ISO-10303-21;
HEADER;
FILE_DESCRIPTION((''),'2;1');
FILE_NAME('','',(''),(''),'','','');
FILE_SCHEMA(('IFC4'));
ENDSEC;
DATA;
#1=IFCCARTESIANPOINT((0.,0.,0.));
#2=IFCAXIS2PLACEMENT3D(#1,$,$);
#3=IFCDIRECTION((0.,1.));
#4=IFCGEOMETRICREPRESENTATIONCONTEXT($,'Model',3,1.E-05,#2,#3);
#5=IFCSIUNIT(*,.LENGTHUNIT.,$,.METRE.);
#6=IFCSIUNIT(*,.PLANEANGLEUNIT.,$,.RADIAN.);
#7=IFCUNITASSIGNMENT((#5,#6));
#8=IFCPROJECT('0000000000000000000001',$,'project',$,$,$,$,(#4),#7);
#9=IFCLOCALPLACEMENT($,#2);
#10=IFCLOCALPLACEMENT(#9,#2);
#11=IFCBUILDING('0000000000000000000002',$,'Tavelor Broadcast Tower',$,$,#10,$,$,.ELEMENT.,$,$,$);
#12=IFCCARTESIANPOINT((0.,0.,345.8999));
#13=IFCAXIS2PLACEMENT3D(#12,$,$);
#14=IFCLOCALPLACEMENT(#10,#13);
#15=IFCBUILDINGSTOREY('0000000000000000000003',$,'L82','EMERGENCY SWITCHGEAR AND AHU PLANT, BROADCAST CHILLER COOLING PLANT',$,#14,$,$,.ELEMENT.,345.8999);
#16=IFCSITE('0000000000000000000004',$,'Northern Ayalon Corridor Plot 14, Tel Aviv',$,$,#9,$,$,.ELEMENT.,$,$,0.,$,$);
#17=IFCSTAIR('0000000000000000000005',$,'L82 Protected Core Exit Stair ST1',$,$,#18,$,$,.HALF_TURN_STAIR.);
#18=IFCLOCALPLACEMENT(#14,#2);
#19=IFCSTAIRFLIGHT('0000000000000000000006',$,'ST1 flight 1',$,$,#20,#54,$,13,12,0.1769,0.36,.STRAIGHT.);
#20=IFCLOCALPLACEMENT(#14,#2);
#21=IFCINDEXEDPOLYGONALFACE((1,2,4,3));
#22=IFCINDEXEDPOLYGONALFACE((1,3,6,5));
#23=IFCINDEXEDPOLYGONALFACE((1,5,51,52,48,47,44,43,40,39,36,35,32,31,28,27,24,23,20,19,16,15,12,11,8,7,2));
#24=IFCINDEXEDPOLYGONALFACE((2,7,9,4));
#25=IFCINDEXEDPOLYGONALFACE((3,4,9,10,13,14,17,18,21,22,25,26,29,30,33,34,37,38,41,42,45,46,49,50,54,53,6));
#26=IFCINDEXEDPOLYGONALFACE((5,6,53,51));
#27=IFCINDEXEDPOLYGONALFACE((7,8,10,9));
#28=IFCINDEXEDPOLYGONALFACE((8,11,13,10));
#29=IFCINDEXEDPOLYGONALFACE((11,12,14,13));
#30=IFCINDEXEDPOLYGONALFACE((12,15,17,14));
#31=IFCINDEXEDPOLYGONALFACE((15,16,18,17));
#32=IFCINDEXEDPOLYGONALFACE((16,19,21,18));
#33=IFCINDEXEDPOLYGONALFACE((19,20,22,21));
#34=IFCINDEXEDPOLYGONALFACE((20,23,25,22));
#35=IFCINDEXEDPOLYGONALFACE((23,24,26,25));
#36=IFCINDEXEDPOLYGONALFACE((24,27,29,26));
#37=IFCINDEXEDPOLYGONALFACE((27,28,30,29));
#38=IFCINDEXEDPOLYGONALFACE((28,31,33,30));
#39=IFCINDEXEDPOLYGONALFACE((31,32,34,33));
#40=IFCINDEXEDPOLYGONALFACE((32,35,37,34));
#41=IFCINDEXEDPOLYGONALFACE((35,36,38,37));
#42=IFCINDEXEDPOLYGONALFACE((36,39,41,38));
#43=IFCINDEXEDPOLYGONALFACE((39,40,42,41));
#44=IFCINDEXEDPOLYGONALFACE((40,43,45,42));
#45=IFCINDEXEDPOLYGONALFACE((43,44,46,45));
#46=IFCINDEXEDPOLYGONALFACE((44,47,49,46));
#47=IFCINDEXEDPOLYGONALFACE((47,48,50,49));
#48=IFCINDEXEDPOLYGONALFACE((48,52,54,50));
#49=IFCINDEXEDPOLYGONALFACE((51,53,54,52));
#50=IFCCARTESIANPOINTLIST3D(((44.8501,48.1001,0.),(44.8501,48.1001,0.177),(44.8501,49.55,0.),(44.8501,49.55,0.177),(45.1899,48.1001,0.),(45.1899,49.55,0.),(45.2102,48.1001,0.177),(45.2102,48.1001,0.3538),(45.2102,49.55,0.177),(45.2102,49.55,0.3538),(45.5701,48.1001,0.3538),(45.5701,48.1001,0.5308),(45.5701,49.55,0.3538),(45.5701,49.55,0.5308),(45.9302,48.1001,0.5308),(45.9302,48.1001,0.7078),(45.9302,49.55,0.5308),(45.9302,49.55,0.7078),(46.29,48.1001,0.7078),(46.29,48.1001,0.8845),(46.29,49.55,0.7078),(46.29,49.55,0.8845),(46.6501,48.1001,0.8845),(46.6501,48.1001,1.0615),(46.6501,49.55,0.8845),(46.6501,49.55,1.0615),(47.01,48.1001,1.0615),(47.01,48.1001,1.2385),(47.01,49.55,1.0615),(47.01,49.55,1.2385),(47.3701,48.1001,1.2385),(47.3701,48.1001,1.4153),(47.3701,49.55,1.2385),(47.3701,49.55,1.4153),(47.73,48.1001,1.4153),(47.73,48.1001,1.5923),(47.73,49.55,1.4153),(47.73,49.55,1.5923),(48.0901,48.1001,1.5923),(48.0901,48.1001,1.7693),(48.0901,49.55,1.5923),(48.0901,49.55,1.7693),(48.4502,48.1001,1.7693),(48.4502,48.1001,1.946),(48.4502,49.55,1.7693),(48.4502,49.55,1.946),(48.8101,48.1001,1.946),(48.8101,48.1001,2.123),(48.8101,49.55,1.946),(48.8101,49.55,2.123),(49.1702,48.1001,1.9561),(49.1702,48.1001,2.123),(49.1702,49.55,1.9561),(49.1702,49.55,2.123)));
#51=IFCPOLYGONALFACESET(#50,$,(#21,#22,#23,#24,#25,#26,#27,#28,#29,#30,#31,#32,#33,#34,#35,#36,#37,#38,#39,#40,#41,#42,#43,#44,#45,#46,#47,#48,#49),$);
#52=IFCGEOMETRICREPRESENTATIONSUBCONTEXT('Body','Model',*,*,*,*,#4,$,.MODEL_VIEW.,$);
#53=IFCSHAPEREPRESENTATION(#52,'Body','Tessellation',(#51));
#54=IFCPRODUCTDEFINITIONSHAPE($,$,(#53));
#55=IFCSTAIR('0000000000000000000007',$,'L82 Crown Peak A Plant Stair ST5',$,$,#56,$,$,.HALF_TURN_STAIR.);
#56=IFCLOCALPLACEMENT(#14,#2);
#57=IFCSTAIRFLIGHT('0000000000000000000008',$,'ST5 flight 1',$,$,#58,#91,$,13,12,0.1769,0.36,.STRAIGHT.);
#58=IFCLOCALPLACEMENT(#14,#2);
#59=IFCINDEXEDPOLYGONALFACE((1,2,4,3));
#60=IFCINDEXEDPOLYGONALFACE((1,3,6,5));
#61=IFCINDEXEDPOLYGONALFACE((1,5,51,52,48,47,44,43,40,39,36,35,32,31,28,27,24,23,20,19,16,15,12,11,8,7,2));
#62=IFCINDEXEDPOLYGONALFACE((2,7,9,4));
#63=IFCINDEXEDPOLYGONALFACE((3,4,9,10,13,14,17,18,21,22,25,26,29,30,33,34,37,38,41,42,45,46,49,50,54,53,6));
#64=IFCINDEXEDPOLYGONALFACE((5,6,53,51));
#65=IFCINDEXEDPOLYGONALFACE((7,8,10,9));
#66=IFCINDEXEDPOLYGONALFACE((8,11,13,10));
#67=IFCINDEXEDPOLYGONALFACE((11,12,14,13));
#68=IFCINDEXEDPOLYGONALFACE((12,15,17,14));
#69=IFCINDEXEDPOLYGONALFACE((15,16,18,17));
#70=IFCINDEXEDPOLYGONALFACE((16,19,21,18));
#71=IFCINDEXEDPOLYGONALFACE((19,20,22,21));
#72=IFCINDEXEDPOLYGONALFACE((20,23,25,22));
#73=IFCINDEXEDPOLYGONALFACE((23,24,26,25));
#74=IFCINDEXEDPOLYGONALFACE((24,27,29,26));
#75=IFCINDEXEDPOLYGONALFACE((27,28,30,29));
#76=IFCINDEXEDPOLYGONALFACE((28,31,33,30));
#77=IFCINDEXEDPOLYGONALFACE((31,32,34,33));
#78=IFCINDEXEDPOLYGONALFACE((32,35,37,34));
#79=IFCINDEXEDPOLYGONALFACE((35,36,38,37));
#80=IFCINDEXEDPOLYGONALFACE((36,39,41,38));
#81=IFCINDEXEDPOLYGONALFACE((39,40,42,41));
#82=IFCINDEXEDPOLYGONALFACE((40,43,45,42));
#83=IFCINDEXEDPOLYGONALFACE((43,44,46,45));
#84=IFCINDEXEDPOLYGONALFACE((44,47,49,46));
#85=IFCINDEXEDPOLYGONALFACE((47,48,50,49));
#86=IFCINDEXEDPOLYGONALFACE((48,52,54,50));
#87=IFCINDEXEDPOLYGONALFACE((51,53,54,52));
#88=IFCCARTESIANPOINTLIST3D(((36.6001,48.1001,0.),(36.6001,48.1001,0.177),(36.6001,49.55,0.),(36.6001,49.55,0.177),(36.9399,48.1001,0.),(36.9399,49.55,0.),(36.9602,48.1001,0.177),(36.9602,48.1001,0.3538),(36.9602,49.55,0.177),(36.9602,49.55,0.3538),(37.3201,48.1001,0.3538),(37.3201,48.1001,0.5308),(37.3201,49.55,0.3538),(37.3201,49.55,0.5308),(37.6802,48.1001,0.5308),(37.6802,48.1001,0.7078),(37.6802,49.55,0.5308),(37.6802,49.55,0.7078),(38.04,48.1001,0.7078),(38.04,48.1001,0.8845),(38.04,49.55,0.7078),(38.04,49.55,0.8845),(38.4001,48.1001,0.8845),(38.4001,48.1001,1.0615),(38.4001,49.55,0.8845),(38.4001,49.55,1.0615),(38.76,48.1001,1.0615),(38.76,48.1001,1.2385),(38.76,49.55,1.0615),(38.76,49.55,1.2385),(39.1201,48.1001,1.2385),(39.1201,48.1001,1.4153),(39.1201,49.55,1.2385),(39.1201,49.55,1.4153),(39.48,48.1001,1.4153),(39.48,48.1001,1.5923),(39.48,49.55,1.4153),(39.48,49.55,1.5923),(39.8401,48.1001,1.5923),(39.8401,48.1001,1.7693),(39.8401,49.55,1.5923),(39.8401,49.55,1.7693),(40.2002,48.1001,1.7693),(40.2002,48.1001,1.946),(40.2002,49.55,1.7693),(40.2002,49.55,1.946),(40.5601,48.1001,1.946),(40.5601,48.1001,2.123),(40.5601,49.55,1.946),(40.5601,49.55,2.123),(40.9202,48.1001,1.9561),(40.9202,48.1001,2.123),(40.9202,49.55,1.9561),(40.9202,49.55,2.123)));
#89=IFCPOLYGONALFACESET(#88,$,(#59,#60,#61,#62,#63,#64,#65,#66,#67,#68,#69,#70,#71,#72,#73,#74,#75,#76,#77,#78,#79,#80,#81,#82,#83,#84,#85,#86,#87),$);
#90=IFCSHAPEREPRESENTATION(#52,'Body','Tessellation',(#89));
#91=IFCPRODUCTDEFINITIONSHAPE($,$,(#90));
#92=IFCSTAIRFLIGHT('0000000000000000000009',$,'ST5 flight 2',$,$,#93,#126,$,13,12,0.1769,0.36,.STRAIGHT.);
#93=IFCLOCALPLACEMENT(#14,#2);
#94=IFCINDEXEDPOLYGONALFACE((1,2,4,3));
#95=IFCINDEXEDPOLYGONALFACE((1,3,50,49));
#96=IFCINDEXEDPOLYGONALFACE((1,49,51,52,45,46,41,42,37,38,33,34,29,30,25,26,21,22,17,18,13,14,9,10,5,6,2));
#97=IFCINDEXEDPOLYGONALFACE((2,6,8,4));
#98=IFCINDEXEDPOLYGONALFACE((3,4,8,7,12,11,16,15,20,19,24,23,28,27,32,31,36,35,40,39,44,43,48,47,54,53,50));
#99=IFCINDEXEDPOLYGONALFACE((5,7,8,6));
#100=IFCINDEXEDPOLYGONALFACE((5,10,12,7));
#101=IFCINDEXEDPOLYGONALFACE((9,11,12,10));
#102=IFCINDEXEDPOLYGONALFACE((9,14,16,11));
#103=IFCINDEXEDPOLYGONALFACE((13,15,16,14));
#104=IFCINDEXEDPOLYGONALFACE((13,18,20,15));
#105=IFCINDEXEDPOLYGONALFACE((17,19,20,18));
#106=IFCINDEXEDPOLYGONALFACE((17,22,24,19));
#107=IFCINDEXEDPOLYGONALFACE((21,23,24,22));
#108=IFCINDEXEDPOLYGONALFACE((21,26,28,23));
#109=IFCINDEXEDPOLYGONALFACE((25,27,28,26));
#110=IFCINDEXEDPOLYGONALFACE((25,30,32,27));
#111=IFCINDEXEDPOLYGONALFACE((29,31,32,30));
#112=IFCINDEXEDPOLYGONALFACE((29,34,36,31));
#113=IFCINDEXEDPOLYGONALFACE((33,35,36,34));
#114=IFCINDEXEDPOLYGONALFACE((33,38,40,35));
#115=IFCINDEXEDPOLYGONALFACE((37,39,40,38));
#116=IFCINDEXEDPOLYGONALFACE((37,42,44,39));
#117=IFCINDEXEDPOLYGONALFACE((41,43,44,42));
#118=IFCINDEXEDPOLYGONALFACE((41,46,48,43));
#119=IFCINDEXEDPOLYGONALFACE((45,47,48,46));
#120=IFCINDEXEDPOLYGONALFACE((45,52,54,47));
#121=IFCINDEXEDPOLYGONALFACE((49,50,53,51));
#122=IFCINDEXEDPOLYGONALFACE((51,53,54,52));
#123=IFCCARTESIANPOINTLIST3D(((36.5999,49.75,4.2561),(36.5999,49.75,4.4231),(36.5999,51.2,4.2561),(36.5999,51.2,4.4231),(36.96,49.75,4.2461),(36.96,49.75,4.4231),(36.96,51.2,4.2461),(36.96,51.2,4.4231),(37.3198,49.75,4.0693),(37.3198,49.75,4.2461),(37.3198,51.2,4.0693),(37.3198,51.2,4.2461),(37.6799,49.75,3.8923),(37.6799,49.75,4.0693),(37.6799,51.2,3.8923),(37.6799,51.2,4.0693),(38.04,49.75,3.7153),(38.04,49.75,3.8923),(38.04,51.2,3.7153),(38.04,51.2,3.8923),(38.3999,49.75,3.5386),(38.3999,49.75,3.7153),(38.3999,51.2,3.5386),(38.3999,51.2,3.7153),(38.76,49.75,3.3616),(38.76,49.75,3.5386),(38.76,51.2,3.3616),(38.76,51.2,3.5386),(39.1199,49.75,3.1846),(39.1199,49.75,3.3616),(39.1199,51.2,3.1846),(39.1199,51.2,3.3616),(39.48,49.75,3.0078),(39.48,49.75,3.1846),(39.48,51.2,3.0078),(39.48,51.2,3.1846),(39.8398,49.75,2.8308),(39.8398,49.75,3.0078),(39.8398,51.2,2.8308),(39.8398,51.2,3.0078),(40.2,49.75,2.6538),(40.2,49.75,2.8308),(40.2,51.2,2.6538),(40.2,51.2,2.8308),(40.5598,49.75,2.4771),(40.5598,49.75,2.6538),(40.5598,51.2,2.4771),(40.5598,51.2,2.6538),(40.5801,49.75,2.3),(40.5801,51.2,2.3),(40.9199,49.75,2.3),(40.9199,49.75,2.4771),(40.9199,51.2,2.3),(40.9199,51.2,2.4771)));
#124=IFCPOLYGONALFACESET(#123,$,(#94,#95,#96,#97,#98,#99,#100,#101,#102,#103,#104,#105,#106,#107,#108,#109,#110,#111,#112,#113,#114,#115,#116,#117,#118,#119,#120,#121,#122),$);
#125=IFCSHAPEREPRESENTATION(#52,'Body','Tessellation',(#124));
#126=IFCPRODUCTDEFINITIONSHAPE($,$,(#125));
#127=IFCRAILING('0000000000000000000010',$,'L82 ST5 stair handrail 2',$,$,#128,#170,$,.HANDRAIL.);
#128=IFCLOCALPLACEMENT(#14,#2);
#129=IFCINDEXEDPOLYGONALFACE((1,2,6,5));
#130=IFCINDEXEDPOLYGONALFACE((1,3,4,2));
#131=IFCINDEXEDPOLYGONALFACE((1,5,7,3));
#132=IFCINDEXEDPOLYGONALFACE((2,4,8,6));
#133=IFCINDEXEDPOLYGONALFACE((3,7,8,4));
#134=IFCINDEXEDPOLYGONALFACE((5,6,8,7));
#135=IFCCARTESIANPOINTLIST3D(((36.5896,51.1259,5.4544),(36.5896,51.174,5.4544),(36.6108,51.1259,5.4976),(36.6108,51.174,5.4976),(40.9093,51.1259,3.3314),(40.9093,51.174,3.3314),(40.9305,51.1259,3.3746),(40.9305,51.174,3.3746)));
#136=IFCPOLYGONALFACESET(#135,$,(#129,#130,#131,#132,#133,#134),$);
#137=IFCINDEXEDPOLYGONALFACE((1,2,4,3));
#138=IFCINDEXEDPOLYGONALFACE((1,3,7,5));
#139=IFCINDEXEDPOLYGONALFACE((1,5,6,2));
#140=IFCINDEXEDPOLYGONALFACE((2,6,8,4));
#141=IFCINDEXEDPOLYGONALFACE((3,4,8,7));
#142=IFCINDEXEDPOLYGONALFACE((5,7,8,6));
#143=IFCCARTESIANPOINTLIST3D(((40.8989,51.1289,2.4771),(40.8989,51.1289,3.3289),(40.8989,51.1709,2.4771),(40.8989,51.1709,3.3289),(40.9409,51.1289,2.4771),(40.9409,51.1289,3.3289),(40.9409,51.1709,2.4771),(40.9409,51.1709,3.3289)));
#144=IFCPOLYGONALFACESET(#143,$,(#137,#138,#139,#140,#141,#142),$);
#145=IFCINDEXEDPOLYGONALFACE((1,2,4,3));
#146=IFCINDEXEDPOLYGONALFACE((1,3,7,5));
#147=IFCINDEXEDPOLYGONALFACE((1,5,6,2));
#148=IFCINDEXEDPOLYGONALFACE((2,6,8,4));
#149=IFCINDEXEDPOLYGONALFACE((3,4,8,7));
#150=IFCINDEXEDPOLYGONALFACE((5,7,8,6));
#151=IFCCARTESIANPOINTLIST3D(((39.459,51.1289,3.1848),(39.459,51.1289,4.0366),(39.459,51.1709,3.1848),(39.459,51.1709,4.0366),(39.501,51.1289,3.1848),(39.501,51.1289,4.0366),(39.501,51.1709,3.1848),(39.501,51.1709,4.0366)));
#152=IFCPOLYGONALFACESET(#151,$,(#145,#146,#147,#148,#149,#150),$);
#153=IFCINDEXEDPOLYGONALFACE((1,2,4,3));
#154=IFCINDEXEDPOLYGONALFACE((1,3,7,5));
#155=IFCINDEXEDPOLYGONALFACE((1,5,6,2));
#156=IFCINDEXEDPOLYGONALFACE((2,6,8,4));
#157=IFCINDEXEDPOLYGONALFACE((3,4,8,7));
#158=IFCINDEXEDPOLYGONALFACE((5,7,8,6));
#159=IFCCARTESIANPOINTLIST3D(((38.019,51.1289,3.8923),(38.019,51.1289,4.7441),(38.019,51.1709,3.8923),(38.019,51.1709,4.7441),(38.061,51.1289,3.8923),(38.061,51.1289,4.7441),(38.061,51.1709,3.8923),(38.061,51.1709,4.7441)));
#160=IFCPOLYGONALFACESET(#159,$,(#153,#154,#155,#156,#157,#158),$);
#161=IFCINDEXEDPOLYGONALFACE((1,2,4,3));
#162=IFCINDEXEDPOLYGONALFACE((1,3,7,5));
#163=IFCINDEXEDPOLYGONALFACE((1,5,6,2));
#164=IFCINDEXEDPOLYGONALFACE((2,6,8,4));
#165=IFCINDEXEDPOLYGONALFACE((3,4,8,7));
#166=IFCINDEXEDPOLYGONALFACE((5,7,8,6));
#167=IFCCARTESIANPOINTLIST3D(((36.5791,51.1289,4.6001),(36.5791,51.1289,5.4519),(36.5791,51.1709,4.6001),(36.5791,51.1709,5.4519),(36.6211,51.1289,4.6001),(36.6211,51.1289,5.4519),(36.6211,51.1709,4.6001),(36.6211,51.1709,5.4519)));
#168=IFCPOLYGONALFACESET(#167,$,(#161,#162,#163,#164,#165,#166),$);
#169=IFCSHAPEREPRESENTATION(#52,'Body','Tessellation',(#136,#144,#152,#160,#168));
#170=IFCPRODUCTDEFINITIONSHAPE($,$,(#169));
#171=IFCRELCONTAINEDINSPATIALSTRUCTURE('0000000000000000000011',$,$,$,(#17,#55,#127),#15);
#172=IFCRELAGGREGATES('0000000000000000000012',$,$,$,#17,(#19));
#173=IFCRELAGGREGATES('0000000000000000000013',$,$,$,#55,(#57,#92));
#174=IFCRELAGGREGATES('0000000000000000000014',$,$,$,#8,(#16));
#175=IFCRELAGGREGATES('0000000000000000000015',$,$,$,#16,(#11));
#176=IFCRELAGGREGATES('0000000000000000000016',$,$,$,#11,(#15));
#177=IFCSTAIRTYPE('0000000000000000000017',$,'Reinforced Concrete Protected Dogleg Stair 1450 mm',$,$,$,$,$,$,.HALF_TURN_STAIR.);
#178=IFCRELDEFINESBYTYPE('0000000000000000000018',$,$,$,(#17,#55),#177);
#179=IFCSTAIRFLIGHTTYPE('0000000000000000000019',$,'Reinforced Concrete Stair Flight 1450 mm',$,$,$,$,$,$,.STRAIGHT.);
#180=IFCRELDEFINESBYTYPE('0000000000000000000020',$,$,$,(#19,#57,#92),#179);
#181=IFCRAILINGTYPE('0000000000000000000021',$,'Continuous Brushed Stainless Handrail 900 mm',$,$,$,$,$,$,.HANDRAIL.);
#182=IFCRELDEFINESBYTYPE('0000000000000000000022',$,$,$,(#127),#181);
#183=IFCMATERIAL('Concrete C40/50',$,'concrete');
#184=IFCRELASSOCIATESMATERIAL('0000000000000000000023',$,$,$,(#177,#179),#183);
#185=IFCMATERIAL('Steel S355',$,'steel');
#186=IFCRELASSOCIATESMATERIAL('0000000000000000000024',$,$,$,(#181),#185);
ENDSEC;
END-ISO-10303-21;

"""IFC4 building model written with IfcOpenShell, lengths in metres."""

from ifc_helpers import new_model, si_unit, direction, frame, origin, origin_2d, place, context, subcontext, project, spatial, polyline, rectangle, outline, extrude, material, type_object, element, aggregate, save


model = new_model("IFC4")

# Units and contexts
model_context = context("Model", 3, precision=1e-05, world=origin(), true_north=direction((0.0, 1.0)))
body_context = subcontext(model_context, "Body", "Model", "MODEL_VIEW")
ifc_project = project(units=[si_unit("LENGTHUNIT", "METRE"), si_unit("PLANEANGLEUNIT", "RADIAN")], contexts=[model_context])

# Site, building, storey
site_placement = place(None, origin())
site = spatial("IfcSite", under=ifc_project, at=site_placement, Name="Northern Ayalon Corridor Plot 14, Tel Aviv", CompositionType="ELEMENT", RefElevation=0.0)
building_placement = place(site_placement, origin())
building = spatial("IfcBuilding", under=site, at=building_placement, Name="Tavelor Broadcast Tower", CompositionType="ELEMENT")
storey_placement = place(building_placement, frame((0.0, 0.0, 345.8999)))
storey = spatial("IfcBuildingStorey", under=building, at=storey_placement, Name="L82", Description="EMERGENCY SWITCHGEAR AND AHU PLANT, BROADCAST CHILLER COOLING PLANT", CompositionType="ELEMENT", Elevation=345.8999)

# Shared definitions
ifc_material_1 = material(Name="Steel S355", Category="steel")

# Shared definitions
ifc_material_2 = material(Name="Concrete C40/50", Category="concrete")

# Stair, stair flight
stair_type = type_object("IfcStairType", Name="Reinforced Concrete Protected Dogleg Stair 1450 mm", PredefinedType="HALF_TURN_STAIR", material=ifc_material_2)
stair_1_placement = place(storey_placement, origin())
stair_1 = element("IfcStair", 1, at=stair_1_placement, inside=storey, type_object=stair_type, Name="L82 Protected Core Exit Stair ST1", PredefinedType="HALF_TURN_STAIR")
stair_flight_type = type_object("IfcStairFlightType", Name="Reinforced Concrete Stair Flight 1450 mm", PredefinedType="STRAIGHT", material=ifc_material_2)
stair_flight_1_placement = place(storey_placement, frame((44.8501, 48.825, 0.0), z_axis=(0.0, 0.0, 1.0), x_axis=(1.0, 0.0, 0.0)))
stair_flight_1 = element("IfcStairFlight", 2, at=stair_flight_1_placement, type_object=stair_flight_type, Name="ST1 flight 1", NumberOfRisers=13, NumberOfTreads=12, PredefinedType="STRAIGHT", RiserHeight=0.1769, TreadLength=0.36, context=body_context, shape_type="SweptSolid", body=[
    extrude(outline(polyline([(0.0, 0.0), (0.0, 0.177), (0.3601, 0.177), (0.3601, 0.3538), (0.72, 0.3538), (0.72, 0.5308), (1.0801, 0.5308), (1.0801, 0.7078), (1.4399, 0.7078), (1.4399, 0.8845), (1.8, 0.8845), (1.8, 1.0615), (2.1599, 1.0615), (2.1599, 1.2385), (2.52, 1.2385), (2.52, 1.4153), (2.8799, 1.4153), (2.8799, 1.5923), (3.24, 1.5923), (3.24, 1.7693), (3.6001, 1.7693), (3.6001, 1.946), (3.96, 1.946), (3.96, 2.123), (4.3201, 2.123), (4.3201, 2.3), (4.3201, 1.9561), (0.3398, 0.0), (0.0, 0.0)])), frame((0.0, 0.7251, 0.0), z_axis=(0.0, -1.0, 0.0), x_axis=(1.0, 0.0, 0.0)), (0.0, 0.0, 1.0), 1.45),
])
aggregate(stair_1, [stair_flight_1])

# Stair, stair flights
stair_2_placement = place(storey_placement, origin())
stair_2 = element("IfcStair", 3, at=stair_2_placement, inside=storey, type_object=stair_type, Name="L82 Crown Peak A Plant Stair ST5", PredefinedType="HALF_TURN_STAIR")
stair_flight_2_placement = place(storey_placement, frame((36.6001, 48.825, 0.0), z_axis=(0.0, 0.0, 1.0), x_axis=(1.0, 0.0, 0.0)))
stair_flight_2 = element("IfcStairFlight", 4, at=stair_flight_2_placement, type_object=stair_flight_type, Name="ST5 flight 1", NumberOfRisers=13, NumberOfTreads=12, PredefinedType="STRAIGHT", RiserHeight=0.1769, TreadLength=0.36, context=body_context, shape_type="SweptSolid", body=[
    extrude(outline(polyline([(0.0, 0.0), (0.0, 0.177), (0.3601, 0.177), (0.3601, 0.3538), (0.72, 0.3538), (0.72, 0.5308), (1.0801, 0.5308), (1.0801, 0.7078), (1.4399, 0.7078), (1.4399, 0.8845), (1.8, 0.8845), (1.8, 1.0615), (2.1599, 1.0615), (2.1599, 1.2385), (2.52, 1.2385), (2.52, 1.4153), (2.8799, 1.4153), (2.8799, 1.5923), (3.24, 1.5923), (3.24, 1.7693), (3.6001, 1.7693), (3.6001, 1.946), (3.96, 1.946), (3.96, 2.123), (4.3201, 2.123), (4.3201, 2.3), (4.3201, 1.9561), (0.3398, 0.0), (0.0, 0.0)])), frame((0.0, 0.7251, 0.0), z_axis=(0.0, -1.0, 0.0), x_axis=(1.0, 0.0, 0.0)), (0.0, 0.0, 1.0), 1.45),
])
stair_flight_3_placement = place(storey_placement, frame((40.9199, 50.4751, 2.3), z_axis=(0.0, 0.0, 1.0), x_axis=(-1.0, 0.0, 0.0)))
stair_flight_3 = element("IfcStairFlight", 5, at=stair_flight_3_placement, type_object=stair_flight_type, Name="ST5 flight 2", NumberOfRisers=13, NumberOfTreads=12, PredefinedType="STRAIGHT", RiserHeight=0.1769, TreadLength=0.36, context=body_context, shape_type="SweptSolid", body=[
    extrude(outline(polyline([(0.0, 0.0), (0.0, 0.177), (0.3601, 0.177), (0.3601, 0.3538), (0.72, 0.3538), (0.72, 0.5308), (1.0801, 0.5308), (1.0801, 0.7078), (1.4399, 0.7078), (1.4399, 0.8845), (1.8, 0.8845), (1.8, 1.0615), (2.1599, 1.0615), (2.1599, 1.2385), (2.52, 1.2385), (2.52, 1.4153), (2.8799, 1.4153), (2.8799, 1.5923), (3.24, 1.5923), (3.24, 1.7693), (3.6001, 1.7693), (3.6001, 1.946), (3.96, 1.946), (3.96, 2.123), (4.3201, 2.123), (4.3201, 2.3), (4.3201, 1.9561), (0.3398, 0.0), (0.0, 0.0)])), frame((0.0, 0.7251, 0.0), z_axis=(0.0, -1.0, 0.0), x_axis=(1.0, 0.0, 0.0)), (0.0, 0.0, 1.0), 1.45),
])
aggregate(stair_2, [stair_flight_2, stair_flight_3])

# Railing
railing_type_1 = type_object("IfcRailingType", Name="Continuous Brushed Stainless Handrail 900 mm", PredefinedType="HANDRAIL", material=ifc_material_1)
railing_1_placement = place(storey_placement, frame((40.9199, 51.1499, 2.4771)))
element("IfcRailing", 6, at=railing_1_placement, inside=storey, type_object=railing_type_1, Name="L82 ST5 stair handrail 2", PredefinedType="HANDRAIL", context=body_context, shape_type="SweptSolid", body=[
    extrude(rectangle(XDim=0.0481, YDim=0.0481, at=origin_2d()), frame((0.0, 0.0, 0.876), z_axis=(-0.89747, 0.0, 0.441076), x_axis=(0.0, -1.0, 0.0)), (0.0, 0.0, 1.0), 4.8132),
    extrude(rectangle(XDim=0.042, YDim=0.042, at=origin_2d()), origin(), (0.0, 0.0, 1.0), 0.8518),
    extrude(rectangle(XDim=0.042, YDim=0.042, at=origin_2d()), frame((-1.4399, 0.0, 0.7078)), (0.0, 0.0, 1.0), 0.8518),
    extrude(rectangle(XDim=0.042, YDim=0.042, at=origin_2d()), frame((-2.8799, 0.0, 1.4153)), (0.0, 0.0, 1.0), 0.8518),
    extrude(rectangle(XDim=0.042, YDim=0.042, at=origin_2d()), frame((-4.3198, 0.0, 2.123)), (0.0, 0.0, 1.0), 0.8518),
])

save(model, "model.ifc")
